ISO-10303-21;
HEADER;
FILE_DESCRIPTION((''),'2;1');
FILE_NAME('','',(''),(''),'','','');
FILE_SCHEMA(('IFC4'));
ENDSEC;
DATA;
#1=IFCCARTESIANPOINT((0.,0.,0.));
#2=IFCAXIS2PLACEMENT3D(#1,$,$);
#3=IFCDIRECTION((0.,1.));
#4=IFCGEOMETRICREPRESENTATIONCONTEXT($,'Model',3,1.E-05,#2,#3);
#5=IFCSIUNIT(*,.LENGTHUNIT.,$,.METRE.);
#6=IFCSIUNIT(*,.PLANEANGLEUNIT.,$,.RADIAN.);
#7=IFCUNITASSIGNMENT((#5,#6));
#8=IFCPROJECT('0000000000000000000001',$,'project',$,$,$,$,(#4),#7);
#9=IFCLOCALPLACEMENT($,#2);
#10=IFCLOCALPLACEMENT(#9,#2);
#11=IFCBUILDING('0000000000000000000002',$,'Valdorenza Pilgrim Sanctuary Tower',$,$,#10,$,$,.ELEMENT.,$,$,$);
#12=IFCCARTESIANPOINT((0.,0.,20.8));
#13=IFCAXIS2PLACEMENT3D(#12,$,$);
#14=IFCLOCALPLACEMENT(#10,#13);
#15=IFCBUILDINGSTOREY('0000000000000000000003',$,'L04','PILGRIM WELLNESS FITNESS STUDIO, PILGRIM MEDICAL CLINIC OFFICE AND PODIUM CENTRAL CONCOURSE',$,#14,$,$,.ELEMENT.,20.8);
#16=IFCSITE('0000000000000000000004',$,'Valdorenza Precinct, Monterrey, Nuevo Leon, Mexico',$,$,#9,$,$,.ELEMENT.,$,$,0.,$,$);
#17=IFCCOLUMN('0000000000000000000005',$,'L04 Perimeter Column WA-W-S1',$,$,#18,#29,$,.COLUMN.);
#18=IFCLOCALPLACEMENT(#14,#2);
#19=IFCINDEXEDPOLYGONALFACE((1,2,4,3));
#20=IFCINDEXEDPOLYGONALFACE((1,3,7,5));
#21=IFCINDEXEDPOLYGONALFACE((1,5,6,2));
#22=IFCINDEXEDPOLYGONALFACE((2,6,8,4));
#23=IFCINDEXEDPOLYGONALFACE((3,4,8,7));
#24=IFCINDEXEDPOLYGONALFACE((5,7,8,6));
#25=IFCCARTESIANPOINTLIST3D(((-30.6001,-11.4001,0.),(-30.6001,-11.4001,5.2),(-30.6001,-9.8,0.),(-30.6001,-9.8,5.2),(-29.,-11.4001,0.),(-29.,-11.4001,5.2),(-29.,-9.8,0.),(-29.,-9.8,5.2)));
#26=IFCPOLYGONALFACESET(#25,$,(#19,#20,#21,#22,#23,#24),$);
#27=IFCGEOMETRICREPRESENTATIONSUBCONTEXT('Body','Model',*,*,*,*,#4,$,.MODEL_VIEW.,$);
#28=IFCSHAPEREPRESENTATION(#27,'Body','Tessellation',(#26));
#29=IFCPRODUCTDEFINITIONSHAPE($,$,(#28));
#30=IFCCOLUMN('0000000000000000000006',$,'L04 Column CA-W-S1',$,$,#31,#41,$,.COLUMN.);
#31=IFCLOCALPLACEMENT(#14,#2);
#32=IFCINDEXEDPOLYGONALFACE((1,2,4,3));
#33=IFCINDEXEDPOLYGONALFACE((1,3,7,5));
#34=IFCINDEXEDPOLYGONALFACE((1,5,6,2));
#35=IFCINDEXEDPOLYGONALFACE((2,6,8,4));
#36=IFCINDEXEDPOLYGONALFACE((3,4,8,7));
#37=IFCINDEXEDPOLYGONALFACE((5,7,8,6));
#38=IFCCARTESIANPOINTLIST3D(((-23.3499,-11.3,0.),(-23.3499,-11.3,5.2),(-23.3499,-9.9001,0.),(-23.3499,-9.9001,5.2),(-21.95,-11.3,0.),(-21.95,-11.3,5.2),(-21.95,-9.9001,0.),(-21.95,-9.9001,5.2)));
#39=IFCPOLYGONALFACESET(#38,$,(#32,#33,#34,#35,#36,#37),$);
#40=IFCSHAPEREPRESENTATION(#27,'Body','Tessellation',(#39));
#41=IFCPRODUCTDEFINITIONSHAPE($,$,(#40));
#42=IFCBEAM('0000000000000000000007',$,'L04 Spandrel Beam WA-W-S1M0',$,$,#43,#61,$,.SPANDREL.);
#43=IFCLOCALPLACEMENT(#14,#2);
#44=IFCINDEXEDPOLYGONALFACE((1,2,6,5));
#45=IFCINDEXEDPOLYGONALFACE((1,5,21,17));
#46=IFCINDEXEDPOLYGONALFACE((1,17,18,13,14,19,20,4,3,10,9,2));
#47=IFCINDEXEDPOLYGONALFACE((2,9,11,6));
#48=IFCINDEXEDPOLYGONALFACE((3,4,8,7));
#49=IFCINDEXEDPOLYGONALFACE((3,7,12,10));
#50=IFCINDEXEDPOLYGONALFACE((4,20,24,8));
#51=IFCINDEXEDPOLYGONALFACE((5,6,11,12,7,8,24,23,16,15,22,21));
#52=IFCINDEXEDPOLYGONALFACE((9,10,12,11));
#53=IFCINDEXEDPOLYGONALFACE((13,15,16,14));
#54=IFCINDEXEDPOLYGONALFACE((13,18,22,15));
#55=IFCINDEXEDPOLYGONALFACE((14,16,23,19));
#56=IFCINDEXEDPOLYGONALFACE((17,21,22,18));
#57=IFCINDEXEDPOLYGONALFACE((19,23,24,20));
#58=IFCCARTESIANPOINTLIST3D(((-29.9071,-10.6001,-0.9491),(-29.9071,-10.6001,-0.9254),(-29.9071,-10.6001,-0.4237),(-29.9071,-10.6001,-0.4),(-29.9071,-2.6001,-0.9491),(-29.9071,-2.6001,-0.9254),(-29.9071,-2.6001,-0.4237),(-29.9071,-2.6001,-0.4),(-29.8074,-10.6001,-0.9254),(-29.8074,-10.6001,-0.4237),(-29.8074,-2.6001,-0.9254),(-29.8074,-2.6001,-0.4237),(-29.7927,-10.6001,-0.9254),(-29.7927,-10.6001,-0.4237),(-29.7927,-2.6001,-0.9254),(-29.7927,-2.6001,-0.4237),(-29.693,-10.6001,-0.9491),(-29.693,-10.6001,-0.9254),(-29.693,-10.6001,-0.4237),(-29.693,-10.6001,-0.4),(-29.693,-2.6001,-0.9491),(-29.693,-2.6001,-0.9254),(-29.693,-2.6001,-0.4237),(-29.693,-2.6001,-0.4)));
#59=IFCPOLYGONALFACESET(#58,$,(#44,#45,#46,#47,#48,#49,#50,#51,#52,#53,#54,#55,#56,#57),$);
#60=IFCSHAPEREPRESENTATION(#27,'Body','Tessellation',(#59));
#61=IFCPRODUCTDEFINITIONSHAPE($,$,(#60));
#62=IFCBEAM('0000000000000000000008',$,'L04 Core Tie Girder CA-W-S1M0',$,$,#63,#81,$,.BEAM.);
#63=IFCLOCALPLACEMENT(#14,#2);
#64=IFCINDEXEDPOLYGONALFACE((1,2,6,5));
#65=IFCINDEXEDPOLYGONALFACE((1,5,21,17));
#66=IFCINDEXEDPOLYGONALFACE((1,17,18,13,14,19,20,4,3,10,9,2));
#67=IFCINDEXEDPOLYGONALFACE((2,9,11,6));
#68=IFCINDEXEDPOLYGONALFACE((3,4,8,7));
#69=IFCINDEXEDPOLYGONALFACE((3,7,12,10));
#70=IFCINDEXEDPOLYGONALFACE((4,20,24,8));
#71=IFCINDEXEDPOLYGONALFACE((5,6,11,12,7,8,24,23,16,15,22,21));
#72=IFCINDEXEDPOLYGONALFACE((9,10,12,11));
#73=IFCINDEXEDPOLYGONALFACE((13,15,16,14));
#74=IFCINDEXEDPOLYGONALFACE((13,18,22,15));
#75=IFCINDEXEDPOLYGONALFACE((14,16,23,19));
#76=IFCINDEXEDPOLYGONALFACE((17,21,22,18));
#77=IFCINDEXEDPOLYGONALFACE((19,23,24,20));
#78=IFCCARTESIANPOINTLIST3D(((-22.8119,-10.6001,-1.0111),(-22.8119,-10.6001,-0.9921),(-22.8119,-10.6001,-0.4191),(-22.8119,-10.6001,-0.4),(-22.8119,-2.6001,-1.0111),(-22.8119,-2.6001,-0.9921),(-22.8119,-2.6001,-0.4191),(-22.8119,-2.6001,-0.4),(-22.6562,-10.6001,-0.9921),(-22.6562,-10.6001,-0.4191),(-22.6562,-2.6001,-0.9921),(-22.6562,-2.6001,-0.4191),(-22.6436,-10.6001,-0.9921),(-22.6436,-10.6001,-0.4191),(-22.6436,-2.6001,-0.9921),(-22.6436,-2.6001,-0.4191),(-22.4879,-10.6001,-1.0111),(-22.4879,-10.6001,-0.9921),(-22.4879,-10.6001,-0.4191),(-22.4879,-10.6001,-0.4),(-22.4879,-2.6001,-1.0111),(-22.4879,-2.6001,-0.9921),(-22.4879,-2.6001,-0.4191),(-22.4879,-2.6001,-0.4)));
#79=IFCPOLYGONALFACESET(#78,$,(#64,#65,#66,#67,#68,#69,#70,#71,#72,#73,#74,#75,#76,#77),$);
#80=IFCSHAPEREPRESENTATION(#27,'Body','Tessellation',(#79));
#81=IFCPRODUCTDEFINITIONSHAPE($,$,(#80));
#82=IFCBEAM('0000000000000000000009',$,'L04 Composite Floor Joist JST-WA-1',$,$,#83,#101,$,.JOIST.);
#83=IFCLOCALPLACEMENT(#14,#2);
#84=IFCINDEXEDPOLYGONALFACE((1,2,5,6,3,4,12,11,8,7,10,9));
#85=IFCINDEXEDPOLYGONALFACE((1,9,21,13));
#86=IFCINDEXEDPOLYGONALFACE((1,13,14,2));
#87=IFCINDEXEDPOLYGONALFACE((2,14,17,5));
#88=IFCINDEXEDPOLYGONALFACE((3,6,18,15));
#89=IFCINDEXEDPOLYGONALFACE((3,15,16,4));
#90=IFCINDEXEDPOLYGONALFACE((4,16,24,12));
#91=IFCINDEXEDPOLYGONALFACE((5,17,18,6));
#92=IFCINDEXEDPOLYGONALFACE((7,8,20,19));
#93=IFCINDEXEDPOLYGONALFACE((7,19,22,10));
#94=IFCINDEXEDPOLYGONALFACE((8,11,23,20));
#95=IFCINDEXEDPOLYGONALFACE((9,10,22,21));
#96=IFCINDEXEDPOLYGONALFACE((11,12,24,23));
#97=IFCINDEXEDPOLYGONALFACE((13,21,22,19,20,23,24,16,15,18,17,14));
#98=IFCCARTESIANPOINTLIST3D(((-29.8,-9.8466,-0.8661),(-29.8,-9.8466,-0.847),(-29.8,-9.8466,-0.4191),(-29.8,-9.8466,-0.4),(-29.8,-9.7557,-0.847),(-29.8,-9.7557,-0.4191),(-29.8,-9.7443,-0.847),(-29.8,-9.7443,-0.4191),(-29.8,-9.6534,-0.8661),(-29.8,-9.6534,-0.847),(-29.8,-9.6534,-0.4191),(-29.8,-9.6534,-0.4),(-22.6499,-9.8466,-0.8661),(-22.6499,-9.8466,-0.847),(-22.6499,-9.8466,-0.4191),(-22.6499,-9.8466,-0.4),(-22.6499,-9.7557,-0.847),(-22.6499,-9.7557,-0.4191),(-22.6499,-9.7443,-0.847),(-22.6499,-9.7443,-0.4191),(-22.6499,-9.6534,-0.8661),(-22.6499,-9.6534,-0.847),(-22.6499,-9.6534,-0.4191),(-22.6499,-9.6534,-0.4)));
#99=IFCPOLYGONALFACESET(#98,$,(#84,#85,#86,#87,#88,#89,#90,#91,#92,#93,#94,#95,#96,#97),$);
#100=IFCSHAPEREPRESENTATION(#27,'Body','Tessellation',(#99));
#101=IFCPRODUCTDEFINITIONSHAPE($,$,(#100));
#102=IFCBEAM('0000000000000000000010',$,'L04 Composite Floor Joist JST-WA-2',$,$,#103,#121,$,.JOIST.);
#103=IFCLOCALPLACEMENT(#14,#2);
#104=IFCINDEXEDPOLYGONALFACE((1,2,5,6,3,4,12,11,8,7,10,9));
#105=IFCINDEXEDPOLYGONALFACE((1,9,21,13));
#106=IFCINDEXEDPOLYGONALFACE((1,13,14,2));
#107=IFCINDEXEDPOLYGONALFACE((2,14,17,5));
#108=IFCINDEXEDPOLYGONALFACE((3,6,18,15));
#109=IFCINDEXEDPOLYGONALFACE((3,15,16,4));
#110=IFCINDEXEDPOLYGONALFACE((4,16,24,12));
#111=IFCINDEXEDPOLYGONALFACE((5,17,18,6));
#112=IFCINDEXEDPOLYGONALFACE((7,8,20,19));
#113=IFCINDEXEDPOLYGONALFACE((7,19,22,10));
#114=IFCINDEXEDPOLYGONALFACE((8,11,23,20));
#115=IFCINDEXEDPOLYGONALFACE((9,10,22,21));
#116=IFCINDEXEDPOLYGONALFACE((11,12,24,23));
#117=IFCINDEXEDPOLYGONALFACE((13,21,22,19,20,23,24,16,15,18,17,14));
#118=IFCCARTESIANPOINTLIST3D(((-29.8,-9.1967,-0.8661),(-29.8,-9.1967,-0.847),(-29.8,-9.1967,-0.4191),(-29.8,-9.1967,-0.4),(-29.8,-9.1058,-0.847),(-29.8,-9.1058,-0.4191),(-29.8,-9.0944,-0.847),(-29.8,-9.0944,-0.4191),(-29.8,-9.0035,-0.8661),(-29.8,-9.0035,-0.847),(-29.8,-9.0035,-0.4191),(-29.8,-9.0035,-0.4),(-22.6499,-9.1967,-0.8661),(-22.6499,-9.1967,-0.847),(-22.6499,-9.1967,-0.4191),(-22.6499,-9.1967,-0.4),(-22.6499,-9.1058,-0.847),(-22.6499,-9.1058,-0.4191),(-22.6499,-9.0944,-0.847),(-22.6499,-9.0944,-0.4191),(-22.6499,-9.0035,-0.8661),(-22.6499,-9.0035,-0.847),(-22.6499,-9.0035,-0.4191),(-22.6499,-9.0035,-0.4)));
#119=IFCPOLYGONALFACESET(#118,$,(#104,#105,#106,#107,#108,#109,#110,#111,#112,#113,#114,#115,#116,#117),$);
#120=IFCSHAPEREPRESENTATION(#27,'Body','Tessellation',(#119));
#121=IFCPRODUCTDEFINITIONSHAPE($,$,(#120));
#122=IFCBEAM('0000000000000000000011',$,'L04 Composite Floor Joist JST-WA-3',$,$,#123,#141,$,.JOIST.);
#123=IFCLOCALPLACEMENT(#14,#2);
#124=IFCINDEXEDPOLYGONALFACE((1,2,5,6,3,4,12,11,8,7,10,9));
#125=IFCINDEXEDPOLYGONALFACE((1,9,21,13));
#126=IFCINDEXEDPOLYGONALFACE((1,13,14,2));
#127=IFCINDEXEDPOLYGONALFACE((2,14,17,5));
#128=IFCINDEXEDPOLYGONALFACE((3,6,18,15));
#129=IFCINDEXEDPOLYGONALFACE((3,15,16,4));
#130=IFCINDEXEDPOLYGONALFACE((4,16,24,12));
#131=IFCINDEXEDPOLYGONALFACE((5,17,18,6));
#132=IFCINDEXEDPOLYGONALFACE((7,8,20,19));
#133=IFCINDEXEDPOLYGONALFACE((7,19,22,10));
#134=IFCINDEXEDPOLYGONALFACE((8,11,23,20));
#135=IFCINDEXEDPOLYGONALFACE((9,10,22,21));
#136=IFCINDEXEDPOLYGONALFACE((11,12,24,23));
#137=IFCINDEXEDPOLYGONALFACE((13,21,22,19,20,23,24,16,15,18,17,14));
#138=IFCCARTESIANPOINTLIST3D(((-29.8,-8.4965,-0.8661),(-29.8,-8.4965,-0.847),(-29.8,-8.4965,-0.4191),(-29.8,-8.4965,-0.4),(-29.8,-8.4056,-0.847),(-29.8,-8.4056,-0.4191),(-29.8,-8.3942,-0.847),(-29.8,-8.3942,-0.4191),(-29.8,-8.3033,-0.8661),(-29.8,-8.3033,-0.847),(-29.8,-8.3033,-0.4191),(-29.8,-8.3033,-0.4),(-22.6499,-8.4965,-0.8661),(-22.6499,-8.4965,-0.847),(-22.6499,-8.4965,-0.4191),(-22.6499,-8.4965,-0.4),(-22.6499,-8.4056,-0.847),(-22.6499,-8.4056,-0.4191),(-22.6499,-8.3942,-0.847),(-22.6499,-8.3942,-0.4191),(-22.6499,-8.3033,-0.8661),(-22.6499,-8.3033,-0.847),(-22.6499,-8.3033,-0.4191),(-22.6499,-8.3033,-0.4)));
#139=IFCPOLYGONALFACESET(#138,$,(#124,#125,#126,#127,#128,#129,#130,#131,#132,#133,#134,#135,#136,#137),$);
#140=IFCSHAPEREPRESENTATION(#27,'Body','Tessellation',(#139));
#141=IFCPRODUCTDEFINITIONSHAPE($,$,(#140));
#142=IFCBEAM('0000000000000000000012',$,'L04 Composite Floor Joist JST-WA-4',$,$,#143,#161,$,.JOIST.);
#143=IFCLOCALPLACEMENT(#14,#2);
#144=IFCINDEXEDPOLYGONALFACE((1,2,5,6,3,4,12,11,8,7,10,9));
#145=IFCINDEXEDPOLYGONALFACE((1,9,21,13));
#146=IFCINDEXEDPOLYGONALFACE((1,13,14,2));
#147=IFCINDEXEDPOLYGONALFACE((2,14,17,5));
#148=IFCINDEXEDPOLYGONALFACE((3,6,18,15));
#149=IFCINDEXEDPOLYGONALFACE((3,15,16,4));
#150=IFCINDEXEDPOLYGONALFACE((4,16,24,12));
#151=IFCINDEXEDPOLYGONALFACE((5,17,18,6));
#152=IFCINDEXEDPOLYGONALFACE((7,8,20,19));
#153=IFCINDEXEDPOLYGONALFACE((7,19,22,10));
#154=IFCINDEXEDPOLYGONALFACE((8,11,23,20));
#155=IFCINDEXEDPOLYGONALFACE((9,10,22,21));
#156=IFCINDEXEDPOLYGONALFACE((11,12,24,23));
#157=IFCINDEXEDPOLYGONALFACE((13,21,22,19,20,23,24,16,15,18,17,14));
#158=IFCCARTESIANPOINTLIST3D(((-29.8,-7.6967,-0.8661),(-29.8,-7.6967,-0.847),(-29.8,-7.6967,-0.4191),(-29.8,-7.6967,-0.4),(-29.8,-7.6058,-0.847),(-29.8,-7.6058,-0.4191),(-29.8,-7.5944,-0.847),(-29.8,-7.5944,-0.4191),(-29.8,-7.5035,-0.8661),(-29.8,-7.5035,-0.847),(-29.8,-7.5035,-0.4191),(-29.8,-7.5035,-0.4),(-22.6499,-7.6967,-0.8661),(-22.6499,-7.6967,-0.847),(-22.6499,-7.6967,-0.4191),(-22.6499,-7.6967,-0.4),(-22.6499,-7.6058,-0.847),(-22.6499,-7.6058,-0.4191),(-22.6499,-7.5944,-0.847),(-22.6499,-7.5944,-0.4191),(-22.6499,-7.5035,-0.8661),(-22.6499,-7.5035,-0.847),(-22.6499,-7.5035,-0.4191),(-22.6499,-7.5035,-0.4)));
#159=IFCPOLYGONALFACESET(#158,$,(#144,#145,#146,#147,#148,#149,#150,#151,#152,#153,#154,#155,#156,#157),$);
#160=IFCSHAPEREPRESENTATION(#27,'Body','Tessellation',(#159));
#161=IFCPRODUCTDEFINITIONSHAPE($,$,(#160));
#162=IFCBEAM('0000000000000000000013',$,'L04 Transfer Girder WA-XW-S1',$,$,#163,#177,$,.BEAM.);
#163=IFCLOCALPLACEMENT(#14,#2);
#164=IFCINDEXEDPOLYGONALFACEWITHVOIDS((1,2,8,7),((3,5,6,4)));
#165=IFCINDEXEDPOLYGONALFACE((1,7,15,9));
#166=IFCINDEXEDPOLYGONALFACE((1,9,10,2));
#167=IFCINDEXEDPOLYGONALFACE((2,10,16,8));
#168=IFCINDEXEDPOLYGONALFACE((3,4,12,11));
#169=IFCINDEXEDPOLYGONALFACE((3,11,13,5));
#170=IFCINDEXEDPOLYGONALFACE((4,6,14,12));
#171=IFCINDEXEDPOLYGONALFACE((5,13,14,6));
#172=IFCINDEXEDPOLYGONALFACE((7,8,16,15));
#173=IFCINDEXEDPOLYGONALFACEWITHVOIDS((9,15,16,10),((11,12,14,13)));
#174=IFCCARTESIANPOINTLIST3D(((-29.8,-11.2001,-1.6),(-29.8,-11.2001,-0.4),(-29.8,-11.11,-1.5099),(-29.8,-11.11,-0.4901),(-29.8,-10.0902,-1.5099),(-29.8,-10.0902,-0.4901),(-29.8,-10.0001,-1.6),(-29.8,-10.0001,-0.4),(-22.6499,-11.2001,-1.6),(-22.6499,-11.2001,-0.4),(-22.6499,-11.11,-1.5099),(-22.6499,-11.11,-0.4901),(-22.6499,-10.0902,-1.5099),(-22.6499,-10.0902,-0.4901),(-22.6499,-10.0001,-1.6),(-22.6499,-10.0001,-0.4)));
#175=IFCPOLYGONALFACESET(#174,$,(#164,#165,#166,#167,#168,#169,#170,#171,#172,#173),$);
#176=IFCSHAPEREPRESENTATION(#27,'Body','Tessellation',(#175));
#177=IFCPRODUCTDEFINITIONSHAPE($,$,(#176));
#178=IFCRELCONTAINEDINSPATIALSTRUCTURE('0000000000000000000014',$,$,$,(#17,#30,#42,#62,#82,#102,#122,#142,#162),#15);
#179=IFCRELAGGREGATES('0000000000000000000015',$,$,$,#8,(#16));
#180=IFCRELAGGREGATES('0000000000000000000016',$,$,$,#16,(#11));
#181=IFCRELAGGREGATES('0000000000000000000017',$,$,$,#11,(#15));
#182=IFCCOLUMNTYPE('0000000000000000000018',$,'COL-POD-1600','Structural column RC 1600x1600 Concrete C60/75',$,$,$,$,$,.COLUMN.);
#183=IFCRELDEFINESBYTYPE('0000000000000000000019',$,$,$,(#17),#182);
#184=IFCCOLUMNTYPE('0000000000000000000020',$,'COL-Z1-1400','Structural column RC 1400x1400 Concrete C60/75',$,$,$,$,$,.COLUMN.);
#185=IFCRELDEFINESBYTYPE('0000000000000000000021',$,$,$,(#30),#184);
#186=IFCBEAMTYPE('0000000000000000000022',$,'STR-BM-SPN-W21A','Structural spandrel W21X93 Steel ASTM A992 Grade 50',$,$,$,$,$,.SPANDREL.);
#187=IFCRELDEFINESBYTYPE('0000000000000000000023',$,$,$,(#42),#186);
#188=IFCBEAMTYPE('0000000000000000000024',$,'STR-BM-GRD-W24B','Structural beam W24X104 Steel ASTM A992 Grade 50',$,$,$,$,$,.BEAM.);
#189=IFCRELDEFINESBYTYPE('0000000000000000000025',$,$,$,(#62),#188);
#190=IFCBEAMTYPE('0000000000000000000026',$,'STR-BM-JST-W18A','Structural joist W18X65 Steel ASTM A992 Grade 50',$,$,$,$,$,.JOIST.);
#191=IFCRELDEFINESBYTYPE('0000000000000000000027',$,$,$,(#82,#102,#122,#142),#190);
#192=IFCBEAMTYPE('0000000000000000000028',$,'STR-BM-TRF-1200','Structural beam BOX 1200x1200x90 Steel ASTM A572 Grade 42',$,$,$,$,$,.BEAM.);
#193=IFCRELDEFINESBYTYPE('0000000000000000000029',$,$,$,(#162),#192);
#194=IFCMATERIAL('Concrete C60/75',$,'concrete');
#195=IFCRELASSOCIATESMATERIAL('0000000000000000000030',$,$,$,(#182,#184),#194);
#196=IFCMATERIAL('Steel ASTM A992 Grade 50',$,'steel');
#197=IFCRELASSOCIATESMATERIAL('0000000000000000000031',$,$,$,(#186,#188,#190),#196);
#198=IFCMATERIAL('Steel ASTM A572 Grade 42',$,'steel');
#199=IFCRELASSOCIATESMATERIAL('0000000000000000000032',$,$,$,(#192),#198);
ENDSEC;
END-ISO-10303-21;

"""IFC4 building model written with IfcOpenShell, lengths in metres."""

from ifc_helpers import new_model, si_unit, direction, frame, origin, origin_2d, place, context, subcontext, project, spatial, rectangle, hollow_rectangle, i_section, extrude, source, transform, mapped, material, material_profile, profile_set, type_object, element, save


model = new_model("IFC4")

# Units and contexts
model_context = context("Model", 3, precision=1e-05, world=origin(), true_north=direction((0.0, 1.0)))
body_context = subcontext(model_context, "Body", "Model", "MODEL_VIEW")
ifc_project = project(units=[si_unit("LENGTHUNIT", "METRE"), si_unit("PLANEANGLEUNIT", "RADIAN")], contexts=[model_context])

# Site, building, storey
site_placement = place(None, origin())
site = spatial("IfcSite", under=ifc_project, at=site_placement, Name="Valdorenza Precinct, Monterrey, Nuevo Leon, Mexico", CompositionType="ELEMENT", RefElevation=0.0)
building_placement = place(site_placement, origin())
building = spatial("IfcBuilding", under=site, at=building_placement, Name="Valdorenza Pilgrim Sanctuary Tower", CompositionType="ELEMENT")
storey_placement = place(building_placement, frame((0.0, 0.0, 20.8)))
storey = spatial("IfcBuildingStorey", under=building, at=storey_placement, Name="L04", Description="PILGRIM WELLNESS FITNESS STUDIO, PILGRIM MEDICAL CLINIC OFFICE AND PODIUM CENTRAL CONCOURSE", CompositionType="ELEMENT", Elevation=20.8)

# Columns
ifc_material_1 = material(Name="Concrete C60/75", Category="concrete")
ifc_material_profile_1 = material_profile(ifc_material_1, rectangle(XDim=1.6001, YDim=1.6001, at=origin_2d()), Name="RC 1600x1600")
ifc_profile_set_1 = profile_set([ifc_material_profile_1], Name="Concrete C60/75")
column_type_1 = type_object("IfcColumnType", Name="COL-POD-1600", Description="Structural column RC 1600x1600 Concrete C60/75", PredefinedType="COLUMN", material=ifc_profile_set_1)
shared_shape_1 = source(origin(), body_context, "Body", "SweptSolid", [
    extrude(rectangle(XDim=1.6001, YDim=1.6001, at=origin_2d()), origin(), (0.0, 0.0, 1.0), 5.2),
])
column_1_placement = place(storey_placement, frame((-29.8, -10.6001, 0.0), z_axis=(0.0, 0.0, 1.0), x_axis=(1.0, 0.0, 0.0)))
element("IfcColumn", 1, at=column_1_placement, inside=storey, type_object=column_type_1, Name="L04 Perimeter Column WA-W-S1", PredefinedType="COLUMN", context=body_context, shape_type="MappedRepresentation", body=[
    mapped(shared_shape_1, transform((0.0, 0.0, 0.0), x_axis=(1.0, 0.0, 0.0), y_axis=(0.0, 1.0, 0.0), z_axis=(0.0, 0.0, 1.0), scale=1.0)),
])
ifc_material_profile_2 = material_profile(ifc_material_1, rectangle(XDim=1.3999, YDim=1.3999, at=origin_2d()), Name="RC 1400x1400")
ifc_profile_set_2 = profile_set([ifc_material_profile_2], Name="Concrete C60/75")
column_type_2 = type_object("IfcColumnType", Name="COL-Z1-1400", Description="Structural column RC 1400x1400 Concrete C60/75", PredefinedType="COLUMN", material=ifc_profile_set_2)
shared_shape_2 = source(origin(), body_context, "Body", "SweptSolid", [
    extrude(rectangle(XDim=1.3999, YDim=1.3999, at=origin_2d()), origin(), (0.0, 0.0, 1.0), 5.2),
])
column_2_placement = place(storey_placement, frame((-22.6499, -10.6001, 0.0), z_axis=(0.0, 0.0, 1.0), x_axis=(1.0, 0.0, 0.0)))
element("IfcColumn", 2, at=column_2_placement, inside=storey, type_object=column_type_2, Name="L04 Column CA-W-S1", PredefinedType="COLUMN", context=body_context, shape_type="MappedRepresentation", body=[
    mapped(shared_shape_2, transform((0.0, 0.0, 0.0), x_axis=(1.0, 0.0, 0.0), y_axis=(0.0, 1.0, 0.0), z_axis=(0.0, 0.0, 1.0), scale=1.0)),
])

# Beams
ifc_material_2 = material(Name="Steel ASTM A992 Grade 50", Category="steel")
ifc_material_profile_3 = material_profile(ifc_material_2, i_section(OverallWidth=0.2141, OverallDepth=0.5491, WebThickness=0.0146, FlangeThickness=0.0237, at=origin_2d()), Name="W21X93")
ifc_profile_set_3 = profile_set([ifc_material_profile_3], Name="Steel ASTM A992 Grade 50")
beam_type_1 = type_object("IfcBeamType", Name="STR-BM-SPN-W21A", Description="Structural spandrel W21X93 Steel ASTM A992 Grade 50", PredefinedType="SPANDREL", material=ifc_profile_set_3)
shared_shape_3 = source(origin(), body_context, "Body", "SweptSolid", [
    extrude(i_section(OverallWidth=0.2141, OverallDepth=0.5491, WebThickness=0.0146, FlangeThickness=0.0237, at=origin_2d()), origin(), (0.0, 0.0, 1.0), 8.0),
])
beam_1_placement = place(storey_placement, frame((-29.8, -10.6001, -0.6746), z_axis=(0.0, 1.0, 0.0), x_axis=(-1.0, 0.0, 0.0)))
element("IfcBeam", 3, at=beam_1_placement, inside=storey, type_object=beam_type_1, Name="L04 Spandrel Beam WA-W-S1M0", PredefinedType="SPANDREL", context=body_context, shape_type="MappedRepresentation", body=[
    mapped(shared_shape_3, transform((0.0, 0.0, 0.0), x_axis=(1.0, 0.0, 0.0), y_axis=(0.0, 1.0, 0.0), z_axis=(0.0, 0.0, 1.0), scale=1.0)),
])
ifc_material_profile_4 = material_profile(ifc_material_2, i_section(OverallWidth=0.324, OverallDepth=0.6111, WebThickness=0.0127, FlangeThickness=0.019, at=origin_2d()), Name="W24X104")
ifc_profile_set_4 = profile_set([ifc_material_profile_4], Name="Steel ASTM A992 Grade 50")
beam_type_2 = type_object("IfcBeamType", Name="STR-BM-GRD-W24B", Description="Structural beam W24X104 Steel ASTM A992 Grade 50", PredefinedType="BEAM", material=ifc_profile_set_4)
shared_shape_4 = source(origin(), body_context, "Body", "SweptSolid", [
    extrude(i_section(OverallWidth=0.324, OverallDepth=0.6111, WebThickness=0.0127, FlangeThickness=0.019, at=origin_2d()), origin(), (0.0, 0.0, 1.0), 8.0),
])
beam_2_placement = place(storey_placement, frame((-22.6499, -10.6001, -0.7056), z_axis=(0.0, 1.0, 0.0), x_axis=(-1.0, 0.0, 0.0)))
element("IfcBeam", 4, at=beam_2_placement, inside=storey, type_object=beam_type_2, Name="L04 Core Tie Girder CA-W-S1M0", PredefinedType="BEAM", context=body_context, shape_type="MappedRepresentation", body=[
    mapped(shared_shape_4, transform((0.0, 0.0, 0.0), x_axis=(1.0, 0.0, 0.0), y_axis=(0.0, 1.0, 0.0), z_axis=(0.0, 0.0, 1.0), scale=1.0)),
])
ifc_material_profile_5 = material_profile(ifc_material_2, i_section(OverallWidth=0.1931, OverallDepth=0.4661, WebThickness=0.0115, FlangeThickness=0.019, at=origin_2d()), Name="W18X65")
ifc_profile_set_5 = profile_set([ifc_material_profile_5], Name="Steel ASTM A992 Grade 50")
beam_type_3 = type_object("IfcBeamType", Name="STR-BM-JST-W18A", Description="Structural joist W18X65 Steel ASTM A992 Grade 50", PredefinedType="JOIST", material=ifc_profile_set_5)
shared_shape_5 = source(origin(), body_context, "Body", "SweptSolid", [
    extrude(i_section(OverallWidth=0.1931, OverallDepth=0.4661, WebThickness=0.0115, FlangeThickness=0.019, at=origin_2d()), origin(), (0.0, 0.0, 1.0), 7.1501),
])
for number, where, z_axis, x_axis, name in (
    (5, (-29.8, -9.75, -0.6331), (1.0, 0.0, 0.0), (0.0, 1.0, 0.0), "L04 Composite Floor Joist JST-WA-1"),
    (6, (-29.8, -9.1001, -0.6331), (1.0, 0.0, 0.0), (0.0, 1.0, 0.0), "L04 Composite Floor Joist JST-WA-2"),
    (7, (-29.8, -8.3999, -0.6331), (1.0, 0.0, 0.0), (0.0, 1.0, 0.0), "L04 Composite Floor Joist JST-WA-3"),
    (8, (-29.8, -7.6001, -0.6331), (1.0, 0.0, 0.0), (0.0, 1.0, 0.0), "L04 Composite Floor Joist JST-WA-4"),
):
    element("IfcBeam", number, at=place(storey_placement, frame(where, z_axis=z_axis, x_axis=x_axis)), inside=storey, type_object=beam_type_3, Name=name, PredefinedType="JOIST", context=body_context, shape_type="MappedRepresentation", body=[
        mapped(shared_shape_5, transform((0.0, 0.0, 0.0), x_axis=(1.0, 0.0, 0.0), y_axis=(0.0, 1.0, 0.0), z_axis=(0.0, 0.0, 1.0), scale=1.0)),
    ])
ifc_material_3 = material(Name="Steel ASTM A572 Grade 42", Category="steel")
ifc_material_profile_6 = material_profile(ifc_material_3, hollow_rectangle(XDim=1.2, YDim=1.2, WallThickness=0.0901, at=origin_2d()), Name="BOX 1200x1200x90")
ifc_profile_set_6 = profile_set([ifc_material_profile_6], Name="Steel ASTM A572 Grade 42")
beam_type_4 = type_object("IfcBeamType", Name="STR-BM-TRF-1200", Description="Structural beam BOX 1200x1200x90 Steel ASTM A572 Grade 42", PredefinedType="BEAM", material=ifc_profile_set_6)
shared_shape_6 = source(origin(), body_context, "Body", "SweptSolid", [
    extrude(hollow_rectangle(XDim=1.2, YDim=1.2, WallThickness=0.0901, at=origin_2d()), origin(), (0.0, 0.0, 1.0), 7.1501),
])
beam_3_placement = place(storey_placement, frame((-29.8, -10.6001, -1.0), z_axis=(1.0, 0.0, 0.0), x_axis=(0.0, 1.0, 0.0)))
element("IfcBeam", 9, at=beam_3_placement, inside=storey, type_object=beam_type_4, Name="L04 Transfer Girder WA-XW-S1", PredefinedType="BEAM", context=body_context, shape_type="MappedRepresentation", body=[
    mapped(shared_shape_6, transform((0.0, 0.0, 0.0), x_axis=(1.0, 0.0, 0.0), y_axis=(0.0, 1.0, 0.0), z_axis=(0.0, 0.0, 1.0), scale=1.0)),
])

save(model, "model.ifc")
